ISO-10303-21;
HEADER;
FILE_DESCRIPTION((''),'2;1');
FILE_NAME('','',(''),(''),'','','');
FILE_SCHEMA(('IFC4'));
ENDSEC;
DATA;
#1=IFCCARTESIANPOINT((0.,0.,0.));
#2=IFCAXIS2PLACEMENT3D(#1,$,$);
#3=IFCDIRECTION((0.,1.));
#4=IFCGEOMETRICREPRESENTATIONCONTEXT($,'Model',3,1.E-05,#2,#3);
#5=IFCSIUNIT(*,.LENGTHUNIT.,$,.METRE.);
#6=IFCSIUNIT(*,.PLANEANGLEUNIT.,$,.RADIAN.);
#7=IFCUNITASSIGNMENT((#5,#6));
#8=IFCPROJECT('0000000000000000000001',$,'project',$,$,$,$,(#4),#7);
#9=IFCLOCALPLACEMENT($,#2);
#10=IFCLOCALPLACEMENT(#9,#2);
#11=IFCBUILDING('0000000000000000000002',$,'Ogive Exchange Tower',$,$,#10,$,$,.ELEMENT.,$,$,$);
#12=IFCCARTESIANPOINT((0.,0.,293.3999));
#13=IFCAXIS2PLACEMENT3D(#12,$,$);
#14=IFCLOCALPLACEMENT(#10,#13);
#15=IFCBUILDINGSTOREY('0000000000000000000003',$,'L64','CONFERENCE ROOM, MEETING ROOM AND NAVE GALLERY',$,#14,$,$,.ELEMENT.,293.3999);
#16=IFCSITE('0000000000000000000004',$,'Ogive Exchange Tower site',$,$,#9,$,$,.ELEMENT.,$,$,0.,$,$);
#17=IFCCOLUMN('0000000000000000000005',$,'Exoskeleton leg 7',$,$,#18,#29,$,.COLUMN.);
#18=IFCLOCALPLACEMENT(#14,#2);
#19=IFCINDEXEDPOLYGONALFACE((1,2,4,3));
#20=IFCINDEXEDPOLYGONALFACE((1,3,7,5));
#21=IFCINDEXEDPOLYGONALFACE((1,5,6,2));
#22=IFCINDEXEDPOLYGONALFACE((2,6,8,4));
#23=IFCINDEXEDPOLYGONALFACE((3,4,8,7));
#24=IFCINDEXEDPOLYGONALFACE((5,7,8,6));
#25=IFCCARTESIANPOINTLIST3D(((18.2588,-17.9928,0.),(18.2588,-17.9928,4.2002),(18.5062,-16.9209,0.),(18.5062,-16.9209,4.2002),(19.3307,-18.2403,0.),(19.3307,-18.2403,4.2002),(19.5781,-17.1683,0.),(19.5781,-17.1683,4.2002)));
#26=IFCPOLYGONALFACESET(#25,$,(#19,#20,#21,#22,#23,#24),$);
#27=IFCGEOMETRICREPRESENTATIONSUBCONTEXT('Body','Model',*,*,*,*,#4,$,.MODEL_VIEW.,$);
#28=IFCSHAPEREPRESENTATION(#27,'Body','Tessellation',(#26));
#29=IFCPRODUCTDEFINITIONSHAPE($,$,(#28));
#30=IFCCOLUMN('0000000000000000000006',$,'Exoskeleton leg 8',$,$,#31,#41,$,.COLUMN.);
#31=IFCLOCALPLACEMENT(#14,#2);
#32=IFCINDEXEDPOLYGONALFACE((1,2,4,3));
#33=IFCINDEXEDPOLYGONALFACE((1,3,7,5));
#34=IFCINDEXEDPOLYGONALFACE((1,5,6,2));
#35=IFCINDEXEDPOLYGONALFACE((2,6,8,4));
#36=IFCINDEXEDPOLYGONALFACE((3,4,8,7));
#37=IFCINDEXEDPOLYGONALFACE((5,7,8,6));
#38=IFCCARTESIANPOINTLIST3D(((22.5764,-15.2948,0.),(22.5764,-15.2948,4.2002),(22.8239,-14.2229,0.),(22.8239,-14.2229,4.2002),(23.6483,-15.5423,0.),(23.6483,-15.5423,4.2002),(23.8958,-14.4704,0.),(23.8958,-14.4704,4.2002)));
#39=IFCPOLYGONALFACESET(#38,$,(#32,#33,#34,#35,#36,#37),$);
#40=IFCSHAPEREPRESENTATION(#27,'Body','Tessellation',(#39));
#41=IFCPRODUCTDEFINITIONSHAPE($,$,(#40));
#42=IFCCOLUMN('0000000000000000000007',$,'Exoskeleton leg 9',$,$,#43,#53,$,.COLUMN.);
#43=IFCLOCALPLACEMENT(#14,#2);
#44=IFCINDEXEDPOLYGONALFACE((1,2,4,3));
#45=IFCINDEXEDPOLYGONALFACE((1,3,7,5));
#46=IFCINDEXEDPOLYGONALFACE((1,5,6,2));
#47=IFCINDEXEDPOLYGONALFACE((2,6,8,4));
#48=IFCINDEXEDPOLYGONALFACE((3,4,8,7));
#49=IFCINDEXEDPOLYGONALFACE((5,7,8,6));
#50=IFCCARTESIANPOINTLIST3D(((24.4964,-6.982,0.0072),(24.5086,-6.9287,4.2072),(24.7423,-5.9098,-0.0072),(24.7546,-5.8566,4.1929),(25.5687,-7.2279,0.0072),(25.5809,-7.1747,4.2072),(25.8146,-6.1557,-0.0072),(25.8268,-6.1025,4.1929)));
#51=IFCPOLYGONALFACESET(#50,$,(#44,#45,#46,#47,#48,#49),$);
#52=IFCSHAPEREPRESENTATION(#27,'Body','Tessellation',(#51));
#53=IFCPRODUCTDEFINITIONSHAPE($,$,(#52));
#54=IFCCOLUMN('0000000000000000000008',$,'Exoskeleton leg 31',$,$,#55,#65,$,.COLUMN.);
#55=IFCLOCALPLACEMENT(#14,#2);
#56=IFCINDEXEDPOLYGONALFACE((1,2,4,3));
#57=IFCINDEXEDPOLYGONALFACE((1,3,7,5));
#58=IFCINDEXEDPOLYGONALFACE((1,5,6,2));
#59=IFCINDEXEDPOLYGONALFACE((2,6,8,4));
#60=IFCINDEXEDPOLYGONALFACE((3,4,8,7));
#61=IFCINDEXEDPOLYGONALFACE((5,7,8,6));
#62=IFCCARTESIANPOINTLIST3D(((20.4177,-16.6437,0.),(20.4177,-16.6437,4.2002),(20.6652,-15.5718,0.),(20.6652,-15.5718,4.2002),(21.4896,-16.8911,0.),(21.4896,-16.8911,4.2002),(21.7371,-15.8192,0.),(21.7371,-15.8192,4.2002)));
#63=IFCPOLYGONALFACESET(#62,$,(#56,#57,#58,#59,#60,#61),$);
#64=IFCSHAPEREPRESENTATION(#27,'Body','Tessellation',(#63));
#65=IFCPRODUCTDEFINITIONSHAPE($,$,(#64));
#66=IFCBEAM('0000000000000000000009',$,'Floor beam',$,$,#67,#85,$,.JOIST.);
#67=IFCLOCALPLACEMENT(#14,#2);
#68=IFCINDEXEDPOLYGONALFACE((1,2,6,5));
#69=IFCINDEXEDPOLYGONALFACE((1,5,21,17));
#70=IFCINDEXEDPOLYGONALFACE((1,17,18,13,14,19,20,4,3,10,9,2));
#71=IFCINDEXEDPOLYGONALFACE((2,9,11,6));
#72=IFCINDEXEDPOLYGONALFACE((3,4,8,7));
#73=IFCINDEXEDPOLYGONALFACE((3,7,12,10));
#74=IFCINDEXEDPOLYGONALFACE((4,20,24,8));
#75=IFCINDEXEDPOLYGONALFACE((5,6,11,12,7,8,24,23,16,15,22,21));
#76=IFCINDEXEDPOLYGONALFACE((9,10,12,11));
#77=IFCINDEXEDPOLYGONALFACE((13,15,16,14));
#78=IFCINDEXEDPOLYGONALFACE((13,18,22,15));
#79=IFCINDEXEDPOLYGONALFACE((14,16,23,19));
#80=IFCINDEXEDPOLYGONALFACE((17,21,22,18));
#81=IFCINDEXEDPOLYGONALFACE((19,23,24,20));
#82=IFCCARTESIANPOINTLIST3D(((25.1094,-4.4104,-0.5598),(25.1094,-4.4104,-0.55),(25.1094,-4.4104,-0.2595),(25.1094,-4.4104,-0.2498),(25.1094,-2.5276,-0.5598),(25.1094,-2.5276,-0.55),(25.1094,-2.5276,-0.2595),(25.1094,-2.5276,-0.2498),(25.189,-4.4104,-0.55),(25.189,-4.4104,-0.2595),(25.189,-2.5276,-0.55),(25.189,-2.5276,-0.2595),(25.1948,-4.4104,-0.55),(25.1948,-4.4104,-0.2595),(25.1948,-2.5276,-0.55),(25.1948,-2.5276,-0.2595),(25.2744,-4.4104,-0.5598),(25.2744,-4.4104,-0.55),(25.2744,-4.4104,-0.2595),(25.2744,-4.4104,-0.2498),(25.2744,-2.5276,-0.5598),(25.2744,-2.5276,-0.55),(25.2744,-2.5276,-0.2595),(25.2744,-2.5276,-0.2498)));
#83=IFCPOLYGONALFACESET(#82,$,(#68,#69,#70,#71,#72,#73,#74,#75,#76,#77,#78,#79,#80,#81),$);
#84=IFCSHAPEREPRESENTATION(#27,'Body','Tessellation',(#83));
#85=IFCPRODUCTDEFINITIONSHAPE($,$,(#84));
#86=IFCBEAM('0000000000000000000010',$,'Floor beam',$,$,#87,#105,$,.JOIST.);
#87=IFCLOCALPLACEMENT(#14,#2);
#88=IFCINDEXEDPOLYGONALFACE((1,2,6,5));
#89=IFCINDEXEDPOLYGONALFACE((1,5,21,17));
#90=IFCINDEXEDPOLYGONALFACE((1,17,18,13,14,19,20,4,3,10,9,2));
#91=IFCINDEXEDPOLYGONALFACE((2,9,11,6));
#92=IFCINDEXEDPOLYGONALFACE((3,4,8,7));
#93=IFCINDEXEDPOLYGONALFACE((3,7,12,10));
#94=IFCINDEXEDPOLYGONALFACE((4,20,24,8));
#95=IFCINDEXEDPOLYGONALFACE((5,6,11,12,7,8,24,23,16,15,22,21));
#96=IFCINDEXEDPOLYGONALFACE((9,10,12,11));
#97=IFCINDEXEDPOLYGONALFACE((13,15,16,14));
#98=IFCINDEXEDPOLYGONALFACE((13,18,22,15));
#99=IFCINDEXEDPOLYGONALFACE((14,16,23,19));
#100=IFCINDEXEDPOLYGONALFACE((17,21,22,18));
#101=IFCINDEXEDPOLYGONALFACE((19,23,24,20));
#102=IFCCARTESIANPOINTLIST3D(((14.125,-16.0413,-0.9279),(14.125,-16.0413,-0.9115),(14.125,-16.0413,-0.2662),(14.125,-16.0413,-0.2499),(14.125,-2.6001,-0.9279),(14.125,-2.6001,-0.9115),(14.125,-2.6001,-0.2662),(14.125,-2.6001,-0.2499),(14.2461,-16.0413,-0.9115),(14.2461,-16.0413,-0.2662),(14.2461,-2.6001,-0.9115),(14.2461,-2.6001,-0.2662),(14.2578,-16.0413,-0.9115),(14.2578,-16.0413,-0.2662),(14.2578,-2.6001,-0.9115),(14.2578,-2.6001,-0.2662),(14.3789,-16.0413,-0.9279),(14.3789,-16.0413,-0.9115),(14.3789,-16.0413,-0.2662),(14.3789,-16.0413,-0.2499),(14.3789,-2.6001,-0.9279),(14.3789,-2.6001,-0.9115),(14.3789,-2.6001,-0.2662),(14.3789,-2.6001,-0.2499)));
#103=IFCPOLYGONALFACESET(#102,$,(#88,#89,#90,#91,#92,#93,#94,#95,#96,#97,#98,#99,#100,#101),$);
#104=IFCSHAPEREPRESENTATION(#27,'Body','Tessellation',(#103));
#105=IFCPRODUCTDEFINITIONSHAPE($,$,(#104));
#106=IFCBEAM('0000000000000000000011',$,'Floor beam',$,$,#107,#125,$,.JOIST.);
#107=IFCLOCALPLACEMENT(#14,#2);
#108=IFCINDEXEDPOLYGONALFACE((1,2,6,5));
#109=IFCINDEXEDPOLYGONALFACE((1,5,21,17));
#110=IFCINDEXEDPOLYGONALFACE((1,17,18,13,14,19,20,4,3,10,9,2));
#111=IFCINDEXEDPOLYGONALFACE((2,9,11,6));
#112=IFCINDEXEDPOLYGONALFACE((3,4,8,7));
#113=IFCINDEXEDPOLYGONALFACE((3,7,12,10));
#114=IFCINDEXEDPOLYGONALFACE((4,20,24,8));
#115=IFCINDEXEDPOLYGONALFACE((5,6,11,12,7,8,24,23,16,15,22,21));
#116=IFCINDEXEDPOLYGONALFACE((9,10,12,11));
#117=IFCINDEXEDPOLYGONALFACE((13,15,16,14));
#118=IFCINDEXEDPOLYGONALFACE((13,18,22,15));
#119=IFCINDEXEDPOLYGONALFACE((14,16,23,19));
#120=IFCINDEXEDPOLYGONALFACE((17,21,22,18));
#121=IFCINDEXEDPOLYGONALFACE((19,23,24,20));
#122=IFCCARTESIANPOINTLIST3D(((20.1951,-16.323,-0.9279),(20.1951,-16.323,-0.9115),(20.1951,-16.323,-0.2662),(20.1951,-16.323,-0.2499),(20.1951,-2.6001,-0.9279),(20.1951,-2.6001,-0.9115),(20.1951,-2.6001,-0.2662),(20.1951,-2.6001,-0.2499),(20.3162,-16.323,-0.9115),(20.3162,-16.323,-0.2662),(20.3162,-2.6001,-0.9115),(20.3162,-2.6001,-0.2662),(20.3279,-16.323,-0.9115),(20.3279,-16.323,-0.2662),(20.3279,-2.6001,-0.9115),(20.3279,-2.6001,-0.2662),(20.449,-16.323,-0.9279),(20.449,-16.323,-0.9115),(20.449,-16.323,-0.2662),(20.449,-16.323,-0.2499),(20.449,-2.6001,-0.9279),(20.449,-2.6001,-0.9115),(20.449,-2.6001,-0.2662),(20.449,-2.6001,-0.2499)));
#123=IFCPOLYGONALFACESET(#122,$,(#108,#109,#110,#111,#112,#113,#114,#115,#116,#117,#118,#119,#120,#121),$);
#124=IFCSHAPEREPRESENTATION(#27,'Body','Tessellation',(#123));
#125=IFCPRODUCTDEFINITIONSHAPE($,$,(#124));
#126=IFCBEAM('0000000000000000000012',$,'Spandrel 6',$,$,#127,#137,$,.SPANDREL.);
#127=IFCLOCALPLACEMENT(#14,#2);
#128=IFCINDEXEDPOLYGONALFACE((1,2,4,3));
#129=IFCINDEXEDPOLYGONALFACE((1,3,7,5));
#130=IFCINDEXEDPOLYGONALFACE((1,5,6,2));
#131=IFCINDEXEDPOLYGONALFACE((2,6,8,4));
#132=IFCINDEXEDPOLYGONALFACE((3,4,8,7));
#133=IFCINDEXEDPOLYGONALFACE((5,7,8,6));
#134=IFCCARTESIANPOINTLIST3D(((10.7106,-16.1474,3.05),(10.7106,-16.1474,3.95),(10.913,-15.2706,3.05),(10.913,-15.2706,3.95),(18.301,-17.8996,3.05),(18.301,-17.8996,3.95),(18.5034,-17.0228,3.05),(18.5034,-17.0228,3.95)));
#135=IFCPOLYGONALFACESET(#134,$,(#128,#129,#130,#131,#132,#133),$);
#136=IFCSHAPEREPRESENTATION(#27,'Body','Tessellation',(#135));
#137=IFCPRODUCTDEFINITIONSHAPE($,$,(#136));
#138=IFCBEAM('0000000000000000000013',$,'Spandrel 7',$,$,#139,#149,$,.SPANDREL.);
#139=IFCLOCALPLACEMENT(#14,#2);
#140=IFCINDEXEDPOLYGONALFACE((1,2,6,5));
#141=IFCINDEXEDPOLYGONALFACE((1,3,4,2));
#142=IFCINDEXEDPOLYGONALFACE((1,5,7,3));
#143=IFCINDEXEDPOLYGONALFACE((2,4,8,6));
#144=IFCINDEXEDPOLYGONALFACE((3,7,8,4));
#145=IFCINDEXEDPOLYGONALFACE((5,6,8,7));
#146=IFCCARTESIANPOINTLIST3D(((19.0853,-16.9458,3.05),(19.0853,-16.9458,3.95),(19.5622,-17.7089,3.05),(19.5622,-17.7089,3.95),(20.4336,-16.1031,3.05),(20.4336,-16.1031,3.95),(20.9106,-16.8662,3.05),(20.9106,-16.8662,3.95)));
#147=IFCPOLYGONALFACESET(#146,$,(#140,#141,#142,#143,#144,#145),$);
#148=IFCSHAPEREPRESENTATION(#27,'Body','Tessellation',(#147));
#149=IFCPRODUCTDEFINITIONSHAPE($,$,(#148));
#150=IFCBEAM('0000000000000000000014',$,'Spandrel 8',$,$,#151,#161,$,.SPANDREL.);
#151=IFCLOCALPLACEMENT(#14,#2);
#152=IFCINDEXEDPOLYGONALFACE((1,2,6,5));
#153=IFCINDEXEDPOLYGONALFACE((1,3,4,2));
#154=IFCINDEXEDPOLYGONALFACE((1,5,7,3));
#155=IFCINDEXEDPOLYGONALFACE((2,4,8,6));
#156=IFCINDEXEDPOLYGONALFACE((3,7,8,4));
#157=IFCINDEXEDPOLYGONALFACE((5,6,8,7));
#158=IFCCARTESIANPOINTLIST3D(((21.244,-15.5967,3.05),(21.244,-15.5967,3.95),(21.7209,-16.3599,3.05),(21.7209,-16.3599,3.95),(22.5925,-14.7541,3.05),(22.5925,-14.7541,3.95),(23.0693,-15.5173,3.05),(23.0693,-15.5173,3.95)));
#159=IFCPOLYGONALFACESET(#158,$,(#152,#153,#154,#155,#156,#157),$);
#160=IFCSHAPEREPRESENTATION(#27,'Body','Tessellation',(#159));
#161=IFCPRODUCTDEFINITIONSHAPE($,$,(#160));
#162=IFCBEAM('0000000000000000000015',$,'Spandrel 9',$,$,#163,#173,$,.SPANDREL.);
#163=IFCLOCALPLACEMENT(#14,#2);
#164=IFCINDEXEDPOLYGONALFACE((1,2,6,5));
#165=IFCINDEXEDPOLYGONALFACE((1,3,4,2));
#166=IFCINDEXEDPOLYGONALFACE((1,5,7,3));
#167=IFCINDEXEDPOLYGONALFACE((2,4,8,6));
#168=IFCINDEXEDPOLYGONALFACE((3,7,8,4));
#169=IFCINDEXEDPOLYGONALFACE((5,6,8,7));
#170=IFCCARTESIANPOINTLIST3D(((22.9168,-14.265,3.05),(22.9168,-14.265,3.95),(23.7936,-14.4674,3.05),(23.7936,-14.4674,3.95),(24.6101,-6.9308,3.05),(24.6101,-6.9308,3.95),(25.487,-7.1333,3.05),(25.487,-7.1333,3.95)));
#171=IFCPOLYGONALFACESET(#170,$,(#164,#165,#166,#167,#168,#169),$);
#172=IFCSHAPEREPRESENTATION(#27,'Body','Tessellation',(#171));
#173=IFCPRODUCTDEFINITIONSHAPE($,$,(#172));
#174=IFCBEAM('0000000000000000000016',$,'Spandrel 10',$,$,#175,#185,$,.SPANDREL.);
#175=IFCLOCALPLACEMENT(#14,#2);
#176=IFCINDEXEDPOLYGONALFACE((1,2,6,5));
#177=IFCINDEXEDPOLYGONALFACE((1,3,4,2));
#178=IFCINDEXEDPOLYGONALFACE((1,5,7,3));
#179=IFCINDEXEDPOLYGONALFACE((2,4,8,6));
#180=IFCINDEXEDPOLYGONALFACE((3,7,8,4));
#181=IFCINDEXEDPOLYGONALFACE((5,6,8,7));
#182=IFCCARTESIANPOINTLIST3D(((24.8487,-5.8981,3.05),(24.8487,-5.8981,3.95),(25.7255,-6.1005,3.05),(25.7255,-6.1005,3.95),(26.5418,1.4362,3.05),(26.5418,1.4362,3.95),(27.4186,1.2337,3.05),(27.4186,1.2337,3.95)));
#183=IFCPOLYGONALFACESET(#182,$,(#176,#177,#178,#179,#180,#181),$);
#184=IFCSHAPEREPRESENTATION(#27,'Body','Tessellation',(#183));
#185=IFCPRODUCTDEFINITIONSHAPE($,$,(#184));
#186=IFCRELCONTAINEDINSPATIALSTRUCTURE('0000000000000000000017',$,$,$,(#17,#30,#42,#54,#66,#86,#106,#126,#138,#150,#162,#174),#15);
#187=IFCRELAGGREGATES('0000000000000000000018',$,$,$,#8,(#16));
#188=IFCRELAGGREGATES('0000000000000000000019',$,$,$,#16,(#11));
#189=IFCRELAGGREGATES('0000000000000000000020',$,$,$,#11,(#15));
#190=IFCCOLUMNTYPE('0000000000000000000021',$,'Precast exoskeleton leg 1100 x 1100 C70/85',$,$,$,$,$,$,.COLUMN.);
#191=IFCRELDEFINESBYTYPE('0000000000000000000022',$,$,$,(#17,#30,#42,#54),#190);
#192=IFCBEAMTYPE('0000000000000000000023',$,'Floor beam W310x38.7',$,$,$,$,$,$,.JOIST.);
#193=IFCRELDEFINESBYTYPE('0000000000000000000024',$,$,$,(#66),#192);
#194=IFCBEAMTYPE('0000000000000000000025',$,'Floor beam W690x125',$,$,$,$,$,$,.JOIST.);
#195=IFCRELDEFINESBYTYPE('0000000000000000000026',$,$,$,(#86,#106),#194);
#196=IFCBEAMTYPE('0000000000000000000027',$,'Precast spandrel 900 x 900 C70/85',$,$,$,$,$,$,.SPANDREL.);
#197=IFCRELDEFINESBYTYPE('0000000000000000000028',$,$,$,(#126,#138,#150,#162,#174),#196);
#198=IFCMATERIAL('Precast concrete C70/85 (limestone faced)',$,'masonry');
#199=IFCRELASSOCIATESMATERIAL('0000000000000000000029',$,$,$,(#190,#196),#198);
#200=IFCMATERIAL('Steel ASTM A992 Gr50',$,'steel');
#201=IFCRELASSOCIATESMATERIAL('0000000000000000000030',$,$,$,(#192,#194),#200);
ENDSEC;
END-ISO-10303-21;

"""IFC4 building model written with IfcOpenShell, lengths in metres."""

from ifc_helpers import new_model, si_unit, direction, frame, origin, origin_2d, place, context, subcontext, project, spatial, rectangle, i_section, extrude, material, material_profile, profile_set, type_object, element, save


model = new_model("IFC4")

# Units and contexts
model_context = context("Model", 3, precision=1e-05, world=origin(), true_north=direction((0.0, 1.0)))
body_context = subcontext(model_context, "Body", "Model", "MODEL_VIEW")
ifc_project = project(units=[si_unit("LENGTHUNIT", "METRE"), si_unit("PLANEANGLEUNIT", "RADIAN")], contexts=[model_context])

# Site, building, storey
site_placement = place(None, origin())
site = spatial("IfcSite", under=ifc_project, at=site_placement, Name="Ogive Exchange Tower site", CompositionType="ELEMENT", RefElevation=0.0)
building_placement = place(site_placement, origin())
building = spatial("IfcBuilding", under=site, at=building_placement, Name="Ogive Exchange Tower", CompositionType="ELEMENT")
storey_placement = place(building_placement, frame((0.0, 0.0, 293.3999)))
storey = spatial("IfcBuildingStorey", under=building, at=storey_placement, Name="L64", Description="CONFERENCE ROOM, MEETING ROOM AND NAVE GALLERY", CompositionType="ELEMENT", Elevation=293.3999)

# Columns
ifc_material_1 = material(Name="Precast concrete C70/85 (limestone faced)", Category="masonry")
ifc_material_profile_1 = material_profile(ifc_material_1, rectangle(XDim=1.1001, YDim=1.1001, at=origin_2d()), Name="1100 x 1100")
ifc_profile_set_1 = profile_set([ifc_material_profile_1], Name="Precast concrete C70/85 (limestone faced)")
column_type = type_object("IfcColumnType", Name="Precast exoskeleton leg 1100 x 1100 C70/85", PredefinedType="COLUMN", material=ifc_profile_set_1)
for number, where, z_axis, x_axis, name in (
    (1, (18.9185, -17.5806, 0.0), (0.0, 0.0, 1.0), (0.97437, -0.224951, 0.0), "Exoskeleton leg 7"),
    (2, (23.2361, -14.8826, 0.0), (0.0, 0.0, 1.0), (0.97437, -0.224951, 0.0), "Exoskeleton leg 8"),
):
    element("IfcColumn", number, at=place(storey_placement, frame(where, z_axis=z_axis, x_axis=x_axis)), inside=storey, type_object=column_type, Name=name, PredefinedType="COLUMN", context=body_context, shape_type="SweptSolid", body=[
        extrude(rectangle(XDim=1.1001, YDim=1.1001, at=origin_2d()), origin(), (0.0, 0.0, 1.0), 4.2002),
    ])
column_1_placement = place(storey_placement, frame((25.1555, -6.5688, 0.0), z_axis=(0.002906, 0.01267, 0.999916), x_axis=(-0.974692, 0.223553, 0.0)))
element("IfcColumn", 3, at=column_1_placement, inside=storey, type_object=column_type, Name="Exoskeleton leg 9", PredefinedType="COLUMN", context=body_context, shape_type="SweptSolid", body=[
    extrude(rectangle(XDim=1.1001, YDim=1.1001, at=origin_2d()), origin(), (0.0, 0.0, 1.0), 4.2004),
])
column_2_placement = place(storey_placement, frame((21.0774, -16.2314, 0.0), z_axis=(0.0, 0.0, 1.0), x_axis=(0.97437, -0.224951, 0.0)))
element("IfcColumn", 4, at=column_2_placement, inside=storey, type_object=column_type, Name="Exoskeleton leg 31", PredefinedType="COLUMN", context=body_context, shape_type="SweptSolid", body=[
    extrude(rectangle(XDim=1.1001, YDim=1.1001, at=origin_2d()), origin(), (0.0, 0.0, 1.0), 4.2002),
])

# Beams
ifc_material_2 = material(Name="Steel ASTM A992 Gr50", Category="steel")
ifc_material_profile_2 = material_profile(ifc_material_2, i_section(OverallWidth=0.165, OverallDepth=0.3101, WebThickness=0.0059, FlangeThickness=0.0098, at=origin_2d()), Name="W310x38.7")
ifc_profile_set_2 = profile_set([ifc_material_profile_2], Name="Steel ASTM A992 Gr50")
beam_type_1 = type_object("IfcBeamType", Name="Floor beam W310x38.7", PredefinedType="JOIST", material=ifc_profile_set_2)
beam_1_placement = place(storey_placement, frame((25.1919, -4.4104, -0.4048), z_axis=(0.0, 1.0, 0.0), x_axis=(-1.0, 0.0, 0.0)))
element("IfcBeam", 5, at=beam_1_placement, inside=storey, type_object=beam_type_1, Name="Floor beam", PredefinedType="JOIST", context=body_context, shape_type="SweptSolid", body=[
    extrude(i_section(OverallWidth=0.165, OverallDepth=0.3101, WebThickness=0.0059, FlangeThickness=0.0098, at=origin_2d()), origin(), (0.0, 0.0, 1.0), 1.8828),
])
ifc_material_profile_3 = material_profile(ifc_material_2, i_section(OverallWidth=0.2539, OverallDepth=0.678, WebThickness=0.0117, FlangeThickness=0.0164, at=origin_2d()), Name="W690x125")
ifc_profile_set_3 = profile_set([ifc_material_profile_3], Name="Steel ASTM A992 Gr50")
beam_type_2 = type_object("IfcBeamType", Name="Floor beam W690x125", PredefinedType="JOIST", material=ifc_profile_set_3)
beam_2_placement = place(storey_placement, frame((14.252, -16.0413, -0.5889), z_axis=(0.0, 1.0, 0.0), x_axis=(-1.0, 0.0, 0.0)))
element("IfcBeam", 6, at=beam_2_placement, inside=storey, type_object=beam_type_2, Name="Floor beam", PredefinedType="JOIST", context=body_context, shape_type="SweptSolid", body=[
    extrude(i_section(OverallWidth=0.2539, OverallDepth=0.678, WebThickness=0.0117, FlangeThickness=0.0164, at=origin_2d()), origin(), (0.0, 0.0, 1.0), 13.4412),
])
beam_3_placement = place(storey_placement, frame((20.322, -16.323, -0.5889), z_axis=(0.0, 1.0, 0.0), x_axis=(-1.0, 0.0, 0.0)))
element("IfcBeam", 7, at=beam_3_placement, inside=storey, type_object=beam_type_2, Name="Floor beam", PredefinedType="JOIST", context=body_context, shape_type="SweptSolid", body=[
    extrude(i_section(OverallWidth=0.2539, OverallDepth=0.678, WebThickness=0.0117, FlangeThickness=0.0164, at=origin_2d()), origin(), (0.0, 0.0, 1.0), 13.7229),
])
ifc_material_profile_4 = material_profile(ifc_material_1, rectangle(XDim=0.8999, YDim=0.8999, at=origin_2d()), Name="900 x 900")
ifc_profile_set_4 = profile_set([ifc_material_profile_4], Name="Precast concrete C70/85 (limestone faced)")
beam_type_3 = type_object("IfcBeamType", Name="Precast spandrel 900 x 900 C70/85", PredefinedType="SPANDREL", material=ifc_profile_set_4)
beam_4_placement = place(storey_placement, frame((10.8118, -15.709, 3.5), z_axis=(0.974375, -0.22493, 0.0), x_axis=(0.22493, 0.974375, 0.0)))
element("IfcBeam", 8, at=beam_4_placement, inside=storey, type_object=beam_type_3, Name="Spandrel 6", PredefinedType="SPANDREL", context=body_context, shape_type="SweptSolid", body=[
    extrude(rectangle(XDim=0.8999, YDim=0.8999, at=origin_2d()), origin(), (0.0, 0.0, 1.0), 7.79),
])
for number, where, z_axis, x_axis, name in (
    (9, (19.3237, -17.3274, 3.5), (0.84799, 0.530013, 0.0), (-0.530013, 0.84799, 0.0), "Spandrel 7"),
    (10, (21.4824, -15.9783, 3.5), (0.848059, 0.529902, 0.0), (-0.529902, 0.848059, 0.0), "Spandrel 8"),
):
    element("IfcBeam", number, at=place(storey_placement, frame(where, z_axis=z_axis, x_axis=x_axis)), inside=storey, type_object=beam_type_3, Name=name, PredefinedType="SPANDREL", context=body_context, shape_type="SweptSolid", body=[
        extrude(rectangle(XDim=0.8999, YDim=0.8999, at=origin_2d()), origin(), (0.0, 0.0, 1.0), 1.5901),
    ])
for number, where, z_axis, x_axis, name in (
    (11, (23.3552, -14.3662, 3.5), (0.224966, 0.974367, 0.0), (-0.974367, 0.224966, 0.0), "Spandrel 9"),
    (12, (25.2871, -5.9993, 3.5), (0.224935, 0.974374, 0.0), (-0.974374, 0.224935, 0.0), "Spandrel 10"),
):
    element("IfcBeam", number, at=place(storey_placement, frame(where, z_axis=z_axis, x_axis=x_axis)), inside=storey, type_object=beam_type_3, Name=name, PredefinedType="SPANDREL", context=body_context, shape_type="SweptSolid", body=[
        extrude(rectangle(XDim=0.8999, YDim=0.8999, at=origin_2d()), origin(), (0.0, 0.0, 1.0), 7.5271),
    ])

save(model, "model.ifc")
